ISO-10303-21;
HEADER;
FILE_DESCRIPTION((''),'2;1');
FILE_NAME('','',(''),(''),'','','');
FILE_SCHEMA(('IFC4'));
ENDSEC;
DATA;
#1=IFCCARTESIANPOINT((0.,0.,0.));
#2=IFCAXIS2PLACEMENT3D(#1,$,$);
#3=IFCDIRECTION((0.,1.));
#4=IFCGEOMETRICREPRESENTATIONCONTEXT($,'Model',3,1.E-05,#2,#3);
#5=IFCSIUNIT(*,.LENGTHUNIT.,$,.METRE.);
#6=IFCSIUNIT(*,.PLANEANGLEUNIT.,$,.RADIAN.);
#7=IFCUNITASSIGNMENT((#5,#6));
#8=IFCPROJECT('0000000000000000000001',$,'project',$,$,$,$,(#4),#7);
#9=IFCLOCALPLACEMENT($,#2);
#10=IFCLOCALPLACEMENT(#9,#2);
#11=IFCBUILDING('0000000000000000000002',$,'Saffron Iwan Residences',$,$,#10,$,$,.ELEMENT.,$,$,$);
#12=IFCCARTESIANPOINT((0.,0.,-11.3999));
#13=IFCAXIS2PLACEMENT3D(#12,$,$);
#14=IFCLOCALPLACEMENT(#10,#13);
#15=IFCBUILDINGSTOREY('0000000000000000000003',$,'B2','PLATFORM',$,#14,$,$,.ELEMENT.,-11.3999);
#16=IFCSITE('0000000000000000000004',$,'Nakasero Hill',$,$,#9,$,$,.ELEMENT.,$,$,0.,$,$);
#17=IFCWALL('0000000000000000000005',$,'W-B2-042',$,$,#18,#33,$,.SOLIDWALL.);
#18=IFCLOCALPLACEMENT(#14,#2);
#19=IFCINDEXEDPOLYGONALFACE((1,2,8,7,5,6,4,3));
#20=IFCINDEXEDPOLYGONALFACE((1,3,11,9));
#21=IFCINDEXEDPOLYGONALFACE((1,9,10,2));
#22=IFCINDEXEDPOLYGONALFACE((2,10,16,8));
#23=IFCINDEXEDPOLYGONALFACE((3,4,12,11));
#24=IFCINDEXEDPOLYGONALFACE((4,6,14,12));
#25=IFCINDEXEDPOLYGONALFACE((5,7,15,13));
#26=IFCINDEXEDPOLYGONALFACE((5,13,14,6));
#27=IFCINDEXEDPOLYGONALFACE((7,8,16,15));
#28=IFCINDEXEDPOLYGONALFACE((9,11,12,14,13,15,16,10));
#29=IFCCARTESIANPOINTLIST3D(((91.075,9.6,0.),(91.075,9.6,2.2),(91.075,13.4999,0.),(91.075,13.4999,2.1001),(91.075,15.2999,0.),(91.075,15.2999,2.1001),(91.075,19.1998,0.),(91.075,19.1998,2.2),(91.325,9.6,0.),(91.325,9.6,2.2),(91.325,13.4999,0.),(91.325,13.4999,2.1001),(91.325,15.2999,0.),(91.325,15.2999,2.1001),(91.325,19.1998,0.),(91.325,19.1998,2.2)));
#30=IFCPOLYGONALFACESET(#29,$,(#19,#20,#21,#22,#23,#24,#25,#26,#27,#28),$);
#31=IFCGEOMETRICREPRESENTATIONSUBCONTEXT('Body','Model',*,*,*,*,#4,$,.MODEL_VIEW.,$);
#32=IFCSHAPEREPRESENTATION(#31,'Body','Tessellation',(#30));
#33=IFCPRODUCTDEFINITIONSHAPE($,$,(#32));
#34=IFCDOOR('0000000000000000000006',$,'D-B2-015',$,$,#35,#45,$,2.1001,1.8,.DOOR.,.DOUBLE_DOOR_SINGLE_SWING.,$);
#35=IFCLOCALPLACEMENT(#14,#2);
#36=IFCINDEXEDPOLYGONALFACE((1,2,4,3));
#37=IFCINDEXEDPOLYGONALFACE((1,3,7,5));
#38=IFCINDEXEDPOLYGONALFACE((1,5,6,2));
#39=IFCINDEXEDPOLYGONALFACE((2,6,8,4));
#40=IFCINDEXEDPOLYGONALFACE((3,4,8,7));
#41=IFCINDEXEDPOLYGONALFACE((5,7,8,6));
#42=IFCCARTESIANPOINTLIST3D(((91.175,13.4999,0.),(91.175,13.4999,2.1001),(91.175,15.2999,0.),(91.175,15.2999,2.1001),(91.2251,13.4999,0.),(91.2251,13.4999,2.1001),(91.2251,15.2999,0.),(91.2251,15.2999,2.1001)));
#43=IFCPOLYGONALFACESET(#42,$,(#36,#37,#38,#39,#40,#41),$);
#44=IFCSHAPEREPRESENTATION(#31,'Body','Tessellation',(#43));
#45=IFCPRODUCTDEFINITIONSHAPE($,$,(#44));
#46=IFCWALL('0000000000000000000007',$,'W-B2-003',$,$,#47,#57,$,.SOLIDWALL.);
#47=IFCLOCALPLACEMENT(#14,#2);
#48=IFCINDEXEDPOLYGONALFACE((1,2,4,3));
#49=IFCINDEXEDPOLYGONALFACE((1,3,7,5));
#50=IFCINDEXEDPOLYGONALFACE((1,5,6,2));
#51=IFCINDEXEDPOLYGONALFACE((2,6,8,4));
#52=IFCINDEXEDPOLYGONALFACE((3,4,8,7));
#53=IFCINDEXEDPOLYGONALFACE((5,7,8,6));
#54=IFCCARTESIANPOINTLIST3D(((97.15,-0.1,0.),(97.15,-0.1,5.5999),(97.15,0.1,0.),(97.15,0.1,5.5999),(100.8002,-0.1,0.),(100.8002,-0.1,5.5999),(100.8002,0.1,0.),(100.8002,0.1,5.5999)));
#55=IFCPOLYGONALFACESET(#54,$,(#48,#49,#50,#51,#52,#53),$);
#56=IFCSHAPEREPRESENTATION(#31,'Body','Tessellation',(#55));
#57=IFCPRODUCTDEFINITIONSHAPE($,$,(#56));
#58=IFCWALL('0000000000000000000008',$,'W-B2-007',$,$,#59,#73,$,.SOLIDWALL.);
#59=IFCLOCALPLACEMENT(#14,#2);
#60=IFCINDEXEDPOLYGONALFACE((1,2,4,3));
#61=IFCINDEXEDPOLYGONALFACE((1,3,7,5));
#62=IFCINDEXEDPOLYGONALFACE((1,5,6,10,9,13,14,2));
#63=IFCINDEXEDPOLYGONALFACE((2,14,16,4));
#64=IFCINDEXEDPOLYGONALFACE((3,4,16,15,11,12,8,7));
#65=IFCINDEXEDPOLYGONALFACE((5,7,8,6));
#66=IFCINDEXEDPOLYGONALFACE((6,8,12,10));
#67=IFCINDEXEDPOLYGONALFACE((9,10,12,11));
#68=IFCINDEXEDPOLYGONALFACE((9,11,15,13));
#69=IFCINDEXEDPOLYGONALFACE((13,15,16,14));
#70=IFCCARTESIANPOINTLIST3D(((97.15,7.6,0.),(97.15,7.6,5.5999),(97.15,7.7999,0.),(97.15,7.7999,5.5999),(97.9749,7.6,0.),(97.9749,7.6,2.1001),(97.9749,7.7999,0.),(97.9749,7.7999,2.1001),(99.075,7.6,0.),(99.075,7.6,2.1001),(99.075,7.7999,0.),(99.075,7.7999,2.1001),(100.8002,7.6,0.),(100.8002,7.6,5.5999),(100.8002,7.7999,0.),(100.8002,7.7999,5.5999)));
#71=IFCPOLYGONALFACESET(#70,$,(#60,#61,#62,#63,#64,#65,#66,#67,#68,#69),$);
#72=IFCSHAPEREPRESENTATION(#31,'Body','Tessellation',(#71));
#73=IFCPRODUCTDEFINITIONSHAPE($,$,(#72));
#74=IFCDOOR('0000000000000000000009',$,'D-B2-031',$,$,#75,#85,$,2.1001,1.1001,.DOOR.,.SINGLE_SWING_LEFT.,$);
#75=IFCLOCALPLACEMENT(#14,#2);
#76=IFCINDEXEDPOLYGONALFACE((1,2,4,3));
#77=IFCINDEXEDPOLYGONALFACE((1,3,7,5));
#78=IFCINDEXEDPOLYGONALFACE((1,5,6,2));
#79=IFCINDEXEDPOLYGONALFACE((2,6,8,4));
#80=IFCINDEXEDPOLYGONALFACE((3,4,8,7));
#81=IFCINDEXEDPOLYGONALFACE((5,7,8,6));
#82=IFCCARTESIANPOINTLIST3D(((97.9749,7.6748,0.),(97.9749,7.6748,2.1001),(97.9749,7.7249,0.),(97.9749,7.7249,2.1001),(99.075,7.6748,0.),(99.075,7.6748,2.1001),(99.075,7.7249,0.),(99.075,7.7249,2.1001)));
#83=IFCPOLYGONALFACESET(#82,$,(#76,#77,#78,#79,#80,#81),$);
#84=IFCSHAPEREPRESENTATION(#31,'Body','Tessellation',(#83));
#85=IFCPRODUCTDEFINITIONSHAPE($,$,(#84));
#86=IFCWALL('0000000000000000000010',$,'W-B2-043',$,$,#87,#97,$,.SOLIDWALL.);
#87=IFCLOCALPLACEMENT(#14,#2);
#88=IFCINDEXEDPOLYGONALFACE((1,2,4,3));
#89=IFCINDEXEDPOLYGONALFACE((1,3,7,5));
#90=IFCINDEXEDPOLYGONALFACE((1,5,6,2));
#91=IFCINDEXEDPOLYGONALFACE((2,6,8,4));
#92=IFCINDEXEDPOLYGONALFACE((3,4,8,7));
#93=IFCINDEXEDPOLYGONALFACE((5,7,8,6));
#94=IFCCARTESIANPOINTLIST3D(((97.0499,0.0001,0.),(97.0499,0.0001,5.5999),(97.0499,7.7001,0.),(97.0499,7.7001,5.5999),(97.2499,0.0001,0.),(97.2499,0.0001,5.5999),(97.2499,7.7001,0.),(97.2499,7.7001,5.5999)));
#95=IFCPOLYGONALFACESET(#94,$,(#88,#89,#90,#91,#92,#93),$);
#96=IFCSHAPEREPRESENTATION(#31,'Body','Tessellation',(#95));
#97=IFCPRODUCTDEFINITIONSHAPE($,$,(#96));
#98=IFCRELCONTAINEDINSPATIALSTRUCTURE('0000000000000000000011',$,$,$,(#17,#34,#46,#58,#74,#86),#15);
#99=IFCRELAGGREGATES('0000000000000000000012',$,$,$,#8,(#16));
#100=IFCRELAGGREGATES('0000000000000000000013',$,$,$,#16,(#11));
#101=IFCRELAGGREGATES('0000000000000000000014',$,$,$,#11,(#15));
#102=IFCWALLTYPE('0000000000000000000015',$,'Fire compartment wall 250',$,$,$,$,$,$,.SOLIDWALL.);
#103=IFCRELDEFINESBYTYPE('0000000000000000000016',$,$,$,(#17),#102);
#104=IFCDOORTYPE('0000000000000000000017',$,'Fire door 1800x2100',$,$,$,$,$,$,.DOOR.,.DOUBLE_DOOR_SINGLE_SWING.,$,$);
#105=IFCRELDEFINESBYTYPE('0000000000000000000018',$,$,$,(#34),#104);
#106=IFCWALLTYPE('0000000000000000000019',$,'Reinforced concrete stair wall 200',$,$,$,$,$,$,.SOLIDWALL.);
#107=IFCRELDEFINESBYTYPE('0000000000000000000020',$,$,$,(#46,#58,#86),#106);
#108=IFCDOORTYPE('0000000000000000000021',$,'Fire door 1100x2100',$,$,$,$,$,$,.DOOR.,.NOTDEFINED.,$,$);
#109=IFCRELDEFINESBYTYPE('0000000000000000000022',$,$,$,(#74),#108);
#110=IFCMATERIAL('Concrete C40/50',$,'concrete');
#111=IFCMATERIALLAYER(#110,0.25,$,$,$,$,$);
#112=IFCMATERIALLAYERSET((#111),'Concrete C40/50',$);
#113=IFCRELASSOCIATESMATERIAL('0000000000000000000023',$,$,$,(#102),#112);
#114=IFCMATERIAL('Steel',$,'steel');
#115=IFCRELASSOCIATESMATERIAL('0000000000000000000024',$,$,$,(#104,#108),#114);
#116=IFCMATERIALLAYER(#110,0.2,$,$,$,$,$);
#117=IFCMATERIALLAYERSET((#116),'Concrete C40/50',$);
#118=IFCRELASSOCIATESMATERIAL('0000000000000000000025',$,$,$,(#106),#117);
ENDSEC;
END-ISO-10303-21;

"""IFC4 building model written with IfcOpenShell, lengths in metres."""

from ifc_helpers import new_model, si_unit, direction, frame, frame_2d, origin, place, context, subcontext, project, spatial, rectangle, extrude, material, layer, layer_set, type_object, element, fill, save


model = new_model("IFC4")

# Units and contexts
model_context = context("Model", 3, precision=1e-05, world=origin(), true_north=direction((0.0, 1.0)))
body_context = subcontext(model_context, "Body", "Model", "MODEL_VIEW")
ifc_project = project(units=[si_unit("LENGTHUNIT", "METRE"), si_unit("PLANEANGLEUNIT", "RADIAN")], contexts=[model_context])

# Site, building, storey
site_placement = place(None, origin())
site = spatial("IfcSite", under=ifc_project, at=site_placement, Name="Nakasero Hill", CompositionType="ELEMENT", RefElevation=0.0)
building_placement = place(site_placement, origin())
building = spatial("IfcBuilding", under=site, at=building_placement, Name="Saffron Iwan Residences", CompositionType="ELEMENT")
storey_placement = place(building_placement, frame((0.0, 0.0, -11.3999)))
storey = spatial("IfcBuildingStorey", under=building, at=storey_placement, Name="B2", Description="PLATFORM", CompositionType="ELEMENT", Elevation=-11.3999)

# Shared definitions
ifc_material_1 = material(Name="Concrete C40/50", Category="concrete")

# Shared definitions
ifc_layer_1 = layer(ifc_material_1, 0.25)
ifc_layer_set_1 = layer_set([ifc_layer_1], Name="Concrete C40/50")
wall_type_1 = type_object("IfcWallType", Name="Fire compartment wall 250", PredefinedType="SOLIDWALL", material=ifc_layer_set_1)

# Wall, opening, door
wall_1_placement = place(storey_placement, frame((91.2, 9.6001, 0.0), z_axis=(0.0, 0.0, 1.0), x_axis=(0.0, 1.0, 0.0)))
wall_1 = element("IfcWall", 1, at=wall_1_placement, inside=storey, type_object=wall_type_1, Name="W-B2-042", PredefinedType="SOLIDWALL", context=body_context, shape_type="SweptSolid", body=[
    extrude(rectangle(XDim=9.5999, YDim=0.25, at=frame_2d((4.7998, 0.0))), origin(), (0.0, 0.0, 1.0), 2.2),
])
opening_1_placement = place(wall_1_placement, frame((3.8999, 0.0, 0.0)))
opening_1 = element("IfcOpeningElement", 2, at=opening_1_placement, cuts=wall_1, PredefinedType="OPENING", context=body_context, shape_type="SweptSolid", body=[
    extrude(rectangle(XDim=1.8, YDim=2.1001, at=frame_2d((0.8999, 1.05))), frame((0.0, 0.135, 0.0), z_axis=(0.0, -1.0, 0.0), x_axis=(1.0, 0.0, 0.0)), (0.0, 0.0, 1.0), 0.27),
])
ifc_material_2 = material(Name="Steel", Category="steel")
door_type_1 = type_object("IfcDoorType", Name="Fire door 1800x2100", OperationType="DOUBLE_DOOR_SINGLE_SWING", PredefinedType="DOOR", material=ifc_material_2)
door_1_placement = place(opening_1_placement, origin())
door_1 = element("IfcDoor", 3, at=door_1_placement, inside=storey, type_object=door_type_1, Name="D-B2-015", OperationType="DOUBLE_DOOR_SINGLE_SWING", OverallHeight=2.1001, OverallWidth=1.8, PredefinedType="DOOR", context=body_context, shape_type="SweptSolid", body=[
    extrude(rectangle(XDim=1.8, YDim=2.1001, at=frame_2d((0.8999, 1.05))), frame((0.0, 0.0249, 0.0), z_axis=(0.0, -1.0, 0.0), x_axis=(1.0, 0.0, 0.0)), (0.0, 0.0, 1.0), 0.05),
])
fill(opening_1, door_1)

# Wall
ifc_layer_2 = layer(ifc_material_1, 0.2)
ifc_layer_set_2 = layer_set([ifc_layer_2], Name="Concrete C40/50")
wall_type_2 = type_object("IfcWallType", Name="Reinforced concrete stair wall 200", PredefinedType="SOLIDWALL", material=ifc_layer_set_2)
wall_2_placement = place(storey_placement, frame((97.1499, 0.0, 0.0), z_axis=(0.0, 0.0, 1.0), x_axis=(1.0, 0.0, 0.0)))
element("IfcWall", 4, at=wall_2_placement, inside=storey, type_object=wall_type_2, Name="W-B2-003", PredefinedType="SOLIDWALL", context=body_context, shape_type="SweptSolid", body=[
    extrude(rectangle(XDim=3.6501, YDim=0.2, at=frame_2d((1.8252, 0.0))), origin(), (0.0, 0.0, 1.0), 5.5999),
])

# Wall, opening, door
wall_3_placement = place(storey_placement, frame((97.1499, 7.7, 0.0), z_axis=(0.0, 0.0, 1.0), x_axis=(1.0, 0.0, 0.0)))
wall_3 = element("IfcWall", 5, at=wall_3_placement, inside=storey, type_object=wall_type_2, Name="W-B2-007", PredefinedType="SOLIDWALL", context=body_context, shape_type="SweptSolid", body=[
    extrude(rectangle(XDim=3.6501, YDim=0.2, at=frame_2d((1.8252, 0.0))), origin(), (0.0, 0.0, 1.0), 5.5999),
])
opening_2_placement = place(wall_3_placement, frame((0.825, 0.0, 0.0)))
opening_2 = element("IfcOpeningElement", 6, at=opening_2_placement, cuts=wall_3, PredefinedType="OPENING", context=body_context, shape_type="SweptSolid", body=[
    extrude(rectangle(XDim=1.1001, YDim=2.1001, at=frame_2d((0.55, 1.05))), frame((0.0, 0.1099, 0.0), z_axis=(0.0, -1.0, 0.0), x_axis=(1.0, 0.0, 0.0)), (0.0, 0.0, 1.0), 0.22),
])
door_type_2 = type_object("IfcDoorType", Name="Fire door 1100x2100", OperationType="NOTDEFINED", PredefinedType="DOOR", material=ifc_material_2)
door_2_placement = place(opening_2_placement, origin())
door_2 = element("IfcDoor", 7, at=door_2_placement, inside=storey, type_object=door_type_2, Name="D-B2-031", OperationType="SINGLE_SWING_LEFT", OverallHeight=2.1001, OverallWidth=1.1001, PredefinedType="DOOR", context=body_context, shape_type="SweptSolid", body=[
    extrude(rectangle(XDim=1.1001, YDim=2.1001, at=frame_2d((0.55, 1.05))), frame((0.0, 0.0249, 0.0), z_axis=(0.0, -1.0, 0.0), x_axis=(1.0, 0.0, 0.0)), (0.0, 0.0, 1.0), 0.05),
])
fill(opening_2, door_2)

# Wall
wall_4_placement = place(storey_placement, frame((97.1499, 0.0, 0.0), z_axis=(0.0, 0.0, 1.0), x_axis=(0.0, 1.0, 0.0)))
element("IfcWall", 8, at=wall_4_placement, inside=storey, type_object=wall_type_2, Name="W-B2-043", PredefinedType="SOLIDWALL", context=body_context, shape_type="SweptSolid", body=[
    extrude(rectangle(XDim=7.7, YDim=0.2, at=frame_2d((3.8501, 0.0))), origin(), (0.0, 0.0, 1.0), 5.5999),
])

save(model, "model.ifc")
